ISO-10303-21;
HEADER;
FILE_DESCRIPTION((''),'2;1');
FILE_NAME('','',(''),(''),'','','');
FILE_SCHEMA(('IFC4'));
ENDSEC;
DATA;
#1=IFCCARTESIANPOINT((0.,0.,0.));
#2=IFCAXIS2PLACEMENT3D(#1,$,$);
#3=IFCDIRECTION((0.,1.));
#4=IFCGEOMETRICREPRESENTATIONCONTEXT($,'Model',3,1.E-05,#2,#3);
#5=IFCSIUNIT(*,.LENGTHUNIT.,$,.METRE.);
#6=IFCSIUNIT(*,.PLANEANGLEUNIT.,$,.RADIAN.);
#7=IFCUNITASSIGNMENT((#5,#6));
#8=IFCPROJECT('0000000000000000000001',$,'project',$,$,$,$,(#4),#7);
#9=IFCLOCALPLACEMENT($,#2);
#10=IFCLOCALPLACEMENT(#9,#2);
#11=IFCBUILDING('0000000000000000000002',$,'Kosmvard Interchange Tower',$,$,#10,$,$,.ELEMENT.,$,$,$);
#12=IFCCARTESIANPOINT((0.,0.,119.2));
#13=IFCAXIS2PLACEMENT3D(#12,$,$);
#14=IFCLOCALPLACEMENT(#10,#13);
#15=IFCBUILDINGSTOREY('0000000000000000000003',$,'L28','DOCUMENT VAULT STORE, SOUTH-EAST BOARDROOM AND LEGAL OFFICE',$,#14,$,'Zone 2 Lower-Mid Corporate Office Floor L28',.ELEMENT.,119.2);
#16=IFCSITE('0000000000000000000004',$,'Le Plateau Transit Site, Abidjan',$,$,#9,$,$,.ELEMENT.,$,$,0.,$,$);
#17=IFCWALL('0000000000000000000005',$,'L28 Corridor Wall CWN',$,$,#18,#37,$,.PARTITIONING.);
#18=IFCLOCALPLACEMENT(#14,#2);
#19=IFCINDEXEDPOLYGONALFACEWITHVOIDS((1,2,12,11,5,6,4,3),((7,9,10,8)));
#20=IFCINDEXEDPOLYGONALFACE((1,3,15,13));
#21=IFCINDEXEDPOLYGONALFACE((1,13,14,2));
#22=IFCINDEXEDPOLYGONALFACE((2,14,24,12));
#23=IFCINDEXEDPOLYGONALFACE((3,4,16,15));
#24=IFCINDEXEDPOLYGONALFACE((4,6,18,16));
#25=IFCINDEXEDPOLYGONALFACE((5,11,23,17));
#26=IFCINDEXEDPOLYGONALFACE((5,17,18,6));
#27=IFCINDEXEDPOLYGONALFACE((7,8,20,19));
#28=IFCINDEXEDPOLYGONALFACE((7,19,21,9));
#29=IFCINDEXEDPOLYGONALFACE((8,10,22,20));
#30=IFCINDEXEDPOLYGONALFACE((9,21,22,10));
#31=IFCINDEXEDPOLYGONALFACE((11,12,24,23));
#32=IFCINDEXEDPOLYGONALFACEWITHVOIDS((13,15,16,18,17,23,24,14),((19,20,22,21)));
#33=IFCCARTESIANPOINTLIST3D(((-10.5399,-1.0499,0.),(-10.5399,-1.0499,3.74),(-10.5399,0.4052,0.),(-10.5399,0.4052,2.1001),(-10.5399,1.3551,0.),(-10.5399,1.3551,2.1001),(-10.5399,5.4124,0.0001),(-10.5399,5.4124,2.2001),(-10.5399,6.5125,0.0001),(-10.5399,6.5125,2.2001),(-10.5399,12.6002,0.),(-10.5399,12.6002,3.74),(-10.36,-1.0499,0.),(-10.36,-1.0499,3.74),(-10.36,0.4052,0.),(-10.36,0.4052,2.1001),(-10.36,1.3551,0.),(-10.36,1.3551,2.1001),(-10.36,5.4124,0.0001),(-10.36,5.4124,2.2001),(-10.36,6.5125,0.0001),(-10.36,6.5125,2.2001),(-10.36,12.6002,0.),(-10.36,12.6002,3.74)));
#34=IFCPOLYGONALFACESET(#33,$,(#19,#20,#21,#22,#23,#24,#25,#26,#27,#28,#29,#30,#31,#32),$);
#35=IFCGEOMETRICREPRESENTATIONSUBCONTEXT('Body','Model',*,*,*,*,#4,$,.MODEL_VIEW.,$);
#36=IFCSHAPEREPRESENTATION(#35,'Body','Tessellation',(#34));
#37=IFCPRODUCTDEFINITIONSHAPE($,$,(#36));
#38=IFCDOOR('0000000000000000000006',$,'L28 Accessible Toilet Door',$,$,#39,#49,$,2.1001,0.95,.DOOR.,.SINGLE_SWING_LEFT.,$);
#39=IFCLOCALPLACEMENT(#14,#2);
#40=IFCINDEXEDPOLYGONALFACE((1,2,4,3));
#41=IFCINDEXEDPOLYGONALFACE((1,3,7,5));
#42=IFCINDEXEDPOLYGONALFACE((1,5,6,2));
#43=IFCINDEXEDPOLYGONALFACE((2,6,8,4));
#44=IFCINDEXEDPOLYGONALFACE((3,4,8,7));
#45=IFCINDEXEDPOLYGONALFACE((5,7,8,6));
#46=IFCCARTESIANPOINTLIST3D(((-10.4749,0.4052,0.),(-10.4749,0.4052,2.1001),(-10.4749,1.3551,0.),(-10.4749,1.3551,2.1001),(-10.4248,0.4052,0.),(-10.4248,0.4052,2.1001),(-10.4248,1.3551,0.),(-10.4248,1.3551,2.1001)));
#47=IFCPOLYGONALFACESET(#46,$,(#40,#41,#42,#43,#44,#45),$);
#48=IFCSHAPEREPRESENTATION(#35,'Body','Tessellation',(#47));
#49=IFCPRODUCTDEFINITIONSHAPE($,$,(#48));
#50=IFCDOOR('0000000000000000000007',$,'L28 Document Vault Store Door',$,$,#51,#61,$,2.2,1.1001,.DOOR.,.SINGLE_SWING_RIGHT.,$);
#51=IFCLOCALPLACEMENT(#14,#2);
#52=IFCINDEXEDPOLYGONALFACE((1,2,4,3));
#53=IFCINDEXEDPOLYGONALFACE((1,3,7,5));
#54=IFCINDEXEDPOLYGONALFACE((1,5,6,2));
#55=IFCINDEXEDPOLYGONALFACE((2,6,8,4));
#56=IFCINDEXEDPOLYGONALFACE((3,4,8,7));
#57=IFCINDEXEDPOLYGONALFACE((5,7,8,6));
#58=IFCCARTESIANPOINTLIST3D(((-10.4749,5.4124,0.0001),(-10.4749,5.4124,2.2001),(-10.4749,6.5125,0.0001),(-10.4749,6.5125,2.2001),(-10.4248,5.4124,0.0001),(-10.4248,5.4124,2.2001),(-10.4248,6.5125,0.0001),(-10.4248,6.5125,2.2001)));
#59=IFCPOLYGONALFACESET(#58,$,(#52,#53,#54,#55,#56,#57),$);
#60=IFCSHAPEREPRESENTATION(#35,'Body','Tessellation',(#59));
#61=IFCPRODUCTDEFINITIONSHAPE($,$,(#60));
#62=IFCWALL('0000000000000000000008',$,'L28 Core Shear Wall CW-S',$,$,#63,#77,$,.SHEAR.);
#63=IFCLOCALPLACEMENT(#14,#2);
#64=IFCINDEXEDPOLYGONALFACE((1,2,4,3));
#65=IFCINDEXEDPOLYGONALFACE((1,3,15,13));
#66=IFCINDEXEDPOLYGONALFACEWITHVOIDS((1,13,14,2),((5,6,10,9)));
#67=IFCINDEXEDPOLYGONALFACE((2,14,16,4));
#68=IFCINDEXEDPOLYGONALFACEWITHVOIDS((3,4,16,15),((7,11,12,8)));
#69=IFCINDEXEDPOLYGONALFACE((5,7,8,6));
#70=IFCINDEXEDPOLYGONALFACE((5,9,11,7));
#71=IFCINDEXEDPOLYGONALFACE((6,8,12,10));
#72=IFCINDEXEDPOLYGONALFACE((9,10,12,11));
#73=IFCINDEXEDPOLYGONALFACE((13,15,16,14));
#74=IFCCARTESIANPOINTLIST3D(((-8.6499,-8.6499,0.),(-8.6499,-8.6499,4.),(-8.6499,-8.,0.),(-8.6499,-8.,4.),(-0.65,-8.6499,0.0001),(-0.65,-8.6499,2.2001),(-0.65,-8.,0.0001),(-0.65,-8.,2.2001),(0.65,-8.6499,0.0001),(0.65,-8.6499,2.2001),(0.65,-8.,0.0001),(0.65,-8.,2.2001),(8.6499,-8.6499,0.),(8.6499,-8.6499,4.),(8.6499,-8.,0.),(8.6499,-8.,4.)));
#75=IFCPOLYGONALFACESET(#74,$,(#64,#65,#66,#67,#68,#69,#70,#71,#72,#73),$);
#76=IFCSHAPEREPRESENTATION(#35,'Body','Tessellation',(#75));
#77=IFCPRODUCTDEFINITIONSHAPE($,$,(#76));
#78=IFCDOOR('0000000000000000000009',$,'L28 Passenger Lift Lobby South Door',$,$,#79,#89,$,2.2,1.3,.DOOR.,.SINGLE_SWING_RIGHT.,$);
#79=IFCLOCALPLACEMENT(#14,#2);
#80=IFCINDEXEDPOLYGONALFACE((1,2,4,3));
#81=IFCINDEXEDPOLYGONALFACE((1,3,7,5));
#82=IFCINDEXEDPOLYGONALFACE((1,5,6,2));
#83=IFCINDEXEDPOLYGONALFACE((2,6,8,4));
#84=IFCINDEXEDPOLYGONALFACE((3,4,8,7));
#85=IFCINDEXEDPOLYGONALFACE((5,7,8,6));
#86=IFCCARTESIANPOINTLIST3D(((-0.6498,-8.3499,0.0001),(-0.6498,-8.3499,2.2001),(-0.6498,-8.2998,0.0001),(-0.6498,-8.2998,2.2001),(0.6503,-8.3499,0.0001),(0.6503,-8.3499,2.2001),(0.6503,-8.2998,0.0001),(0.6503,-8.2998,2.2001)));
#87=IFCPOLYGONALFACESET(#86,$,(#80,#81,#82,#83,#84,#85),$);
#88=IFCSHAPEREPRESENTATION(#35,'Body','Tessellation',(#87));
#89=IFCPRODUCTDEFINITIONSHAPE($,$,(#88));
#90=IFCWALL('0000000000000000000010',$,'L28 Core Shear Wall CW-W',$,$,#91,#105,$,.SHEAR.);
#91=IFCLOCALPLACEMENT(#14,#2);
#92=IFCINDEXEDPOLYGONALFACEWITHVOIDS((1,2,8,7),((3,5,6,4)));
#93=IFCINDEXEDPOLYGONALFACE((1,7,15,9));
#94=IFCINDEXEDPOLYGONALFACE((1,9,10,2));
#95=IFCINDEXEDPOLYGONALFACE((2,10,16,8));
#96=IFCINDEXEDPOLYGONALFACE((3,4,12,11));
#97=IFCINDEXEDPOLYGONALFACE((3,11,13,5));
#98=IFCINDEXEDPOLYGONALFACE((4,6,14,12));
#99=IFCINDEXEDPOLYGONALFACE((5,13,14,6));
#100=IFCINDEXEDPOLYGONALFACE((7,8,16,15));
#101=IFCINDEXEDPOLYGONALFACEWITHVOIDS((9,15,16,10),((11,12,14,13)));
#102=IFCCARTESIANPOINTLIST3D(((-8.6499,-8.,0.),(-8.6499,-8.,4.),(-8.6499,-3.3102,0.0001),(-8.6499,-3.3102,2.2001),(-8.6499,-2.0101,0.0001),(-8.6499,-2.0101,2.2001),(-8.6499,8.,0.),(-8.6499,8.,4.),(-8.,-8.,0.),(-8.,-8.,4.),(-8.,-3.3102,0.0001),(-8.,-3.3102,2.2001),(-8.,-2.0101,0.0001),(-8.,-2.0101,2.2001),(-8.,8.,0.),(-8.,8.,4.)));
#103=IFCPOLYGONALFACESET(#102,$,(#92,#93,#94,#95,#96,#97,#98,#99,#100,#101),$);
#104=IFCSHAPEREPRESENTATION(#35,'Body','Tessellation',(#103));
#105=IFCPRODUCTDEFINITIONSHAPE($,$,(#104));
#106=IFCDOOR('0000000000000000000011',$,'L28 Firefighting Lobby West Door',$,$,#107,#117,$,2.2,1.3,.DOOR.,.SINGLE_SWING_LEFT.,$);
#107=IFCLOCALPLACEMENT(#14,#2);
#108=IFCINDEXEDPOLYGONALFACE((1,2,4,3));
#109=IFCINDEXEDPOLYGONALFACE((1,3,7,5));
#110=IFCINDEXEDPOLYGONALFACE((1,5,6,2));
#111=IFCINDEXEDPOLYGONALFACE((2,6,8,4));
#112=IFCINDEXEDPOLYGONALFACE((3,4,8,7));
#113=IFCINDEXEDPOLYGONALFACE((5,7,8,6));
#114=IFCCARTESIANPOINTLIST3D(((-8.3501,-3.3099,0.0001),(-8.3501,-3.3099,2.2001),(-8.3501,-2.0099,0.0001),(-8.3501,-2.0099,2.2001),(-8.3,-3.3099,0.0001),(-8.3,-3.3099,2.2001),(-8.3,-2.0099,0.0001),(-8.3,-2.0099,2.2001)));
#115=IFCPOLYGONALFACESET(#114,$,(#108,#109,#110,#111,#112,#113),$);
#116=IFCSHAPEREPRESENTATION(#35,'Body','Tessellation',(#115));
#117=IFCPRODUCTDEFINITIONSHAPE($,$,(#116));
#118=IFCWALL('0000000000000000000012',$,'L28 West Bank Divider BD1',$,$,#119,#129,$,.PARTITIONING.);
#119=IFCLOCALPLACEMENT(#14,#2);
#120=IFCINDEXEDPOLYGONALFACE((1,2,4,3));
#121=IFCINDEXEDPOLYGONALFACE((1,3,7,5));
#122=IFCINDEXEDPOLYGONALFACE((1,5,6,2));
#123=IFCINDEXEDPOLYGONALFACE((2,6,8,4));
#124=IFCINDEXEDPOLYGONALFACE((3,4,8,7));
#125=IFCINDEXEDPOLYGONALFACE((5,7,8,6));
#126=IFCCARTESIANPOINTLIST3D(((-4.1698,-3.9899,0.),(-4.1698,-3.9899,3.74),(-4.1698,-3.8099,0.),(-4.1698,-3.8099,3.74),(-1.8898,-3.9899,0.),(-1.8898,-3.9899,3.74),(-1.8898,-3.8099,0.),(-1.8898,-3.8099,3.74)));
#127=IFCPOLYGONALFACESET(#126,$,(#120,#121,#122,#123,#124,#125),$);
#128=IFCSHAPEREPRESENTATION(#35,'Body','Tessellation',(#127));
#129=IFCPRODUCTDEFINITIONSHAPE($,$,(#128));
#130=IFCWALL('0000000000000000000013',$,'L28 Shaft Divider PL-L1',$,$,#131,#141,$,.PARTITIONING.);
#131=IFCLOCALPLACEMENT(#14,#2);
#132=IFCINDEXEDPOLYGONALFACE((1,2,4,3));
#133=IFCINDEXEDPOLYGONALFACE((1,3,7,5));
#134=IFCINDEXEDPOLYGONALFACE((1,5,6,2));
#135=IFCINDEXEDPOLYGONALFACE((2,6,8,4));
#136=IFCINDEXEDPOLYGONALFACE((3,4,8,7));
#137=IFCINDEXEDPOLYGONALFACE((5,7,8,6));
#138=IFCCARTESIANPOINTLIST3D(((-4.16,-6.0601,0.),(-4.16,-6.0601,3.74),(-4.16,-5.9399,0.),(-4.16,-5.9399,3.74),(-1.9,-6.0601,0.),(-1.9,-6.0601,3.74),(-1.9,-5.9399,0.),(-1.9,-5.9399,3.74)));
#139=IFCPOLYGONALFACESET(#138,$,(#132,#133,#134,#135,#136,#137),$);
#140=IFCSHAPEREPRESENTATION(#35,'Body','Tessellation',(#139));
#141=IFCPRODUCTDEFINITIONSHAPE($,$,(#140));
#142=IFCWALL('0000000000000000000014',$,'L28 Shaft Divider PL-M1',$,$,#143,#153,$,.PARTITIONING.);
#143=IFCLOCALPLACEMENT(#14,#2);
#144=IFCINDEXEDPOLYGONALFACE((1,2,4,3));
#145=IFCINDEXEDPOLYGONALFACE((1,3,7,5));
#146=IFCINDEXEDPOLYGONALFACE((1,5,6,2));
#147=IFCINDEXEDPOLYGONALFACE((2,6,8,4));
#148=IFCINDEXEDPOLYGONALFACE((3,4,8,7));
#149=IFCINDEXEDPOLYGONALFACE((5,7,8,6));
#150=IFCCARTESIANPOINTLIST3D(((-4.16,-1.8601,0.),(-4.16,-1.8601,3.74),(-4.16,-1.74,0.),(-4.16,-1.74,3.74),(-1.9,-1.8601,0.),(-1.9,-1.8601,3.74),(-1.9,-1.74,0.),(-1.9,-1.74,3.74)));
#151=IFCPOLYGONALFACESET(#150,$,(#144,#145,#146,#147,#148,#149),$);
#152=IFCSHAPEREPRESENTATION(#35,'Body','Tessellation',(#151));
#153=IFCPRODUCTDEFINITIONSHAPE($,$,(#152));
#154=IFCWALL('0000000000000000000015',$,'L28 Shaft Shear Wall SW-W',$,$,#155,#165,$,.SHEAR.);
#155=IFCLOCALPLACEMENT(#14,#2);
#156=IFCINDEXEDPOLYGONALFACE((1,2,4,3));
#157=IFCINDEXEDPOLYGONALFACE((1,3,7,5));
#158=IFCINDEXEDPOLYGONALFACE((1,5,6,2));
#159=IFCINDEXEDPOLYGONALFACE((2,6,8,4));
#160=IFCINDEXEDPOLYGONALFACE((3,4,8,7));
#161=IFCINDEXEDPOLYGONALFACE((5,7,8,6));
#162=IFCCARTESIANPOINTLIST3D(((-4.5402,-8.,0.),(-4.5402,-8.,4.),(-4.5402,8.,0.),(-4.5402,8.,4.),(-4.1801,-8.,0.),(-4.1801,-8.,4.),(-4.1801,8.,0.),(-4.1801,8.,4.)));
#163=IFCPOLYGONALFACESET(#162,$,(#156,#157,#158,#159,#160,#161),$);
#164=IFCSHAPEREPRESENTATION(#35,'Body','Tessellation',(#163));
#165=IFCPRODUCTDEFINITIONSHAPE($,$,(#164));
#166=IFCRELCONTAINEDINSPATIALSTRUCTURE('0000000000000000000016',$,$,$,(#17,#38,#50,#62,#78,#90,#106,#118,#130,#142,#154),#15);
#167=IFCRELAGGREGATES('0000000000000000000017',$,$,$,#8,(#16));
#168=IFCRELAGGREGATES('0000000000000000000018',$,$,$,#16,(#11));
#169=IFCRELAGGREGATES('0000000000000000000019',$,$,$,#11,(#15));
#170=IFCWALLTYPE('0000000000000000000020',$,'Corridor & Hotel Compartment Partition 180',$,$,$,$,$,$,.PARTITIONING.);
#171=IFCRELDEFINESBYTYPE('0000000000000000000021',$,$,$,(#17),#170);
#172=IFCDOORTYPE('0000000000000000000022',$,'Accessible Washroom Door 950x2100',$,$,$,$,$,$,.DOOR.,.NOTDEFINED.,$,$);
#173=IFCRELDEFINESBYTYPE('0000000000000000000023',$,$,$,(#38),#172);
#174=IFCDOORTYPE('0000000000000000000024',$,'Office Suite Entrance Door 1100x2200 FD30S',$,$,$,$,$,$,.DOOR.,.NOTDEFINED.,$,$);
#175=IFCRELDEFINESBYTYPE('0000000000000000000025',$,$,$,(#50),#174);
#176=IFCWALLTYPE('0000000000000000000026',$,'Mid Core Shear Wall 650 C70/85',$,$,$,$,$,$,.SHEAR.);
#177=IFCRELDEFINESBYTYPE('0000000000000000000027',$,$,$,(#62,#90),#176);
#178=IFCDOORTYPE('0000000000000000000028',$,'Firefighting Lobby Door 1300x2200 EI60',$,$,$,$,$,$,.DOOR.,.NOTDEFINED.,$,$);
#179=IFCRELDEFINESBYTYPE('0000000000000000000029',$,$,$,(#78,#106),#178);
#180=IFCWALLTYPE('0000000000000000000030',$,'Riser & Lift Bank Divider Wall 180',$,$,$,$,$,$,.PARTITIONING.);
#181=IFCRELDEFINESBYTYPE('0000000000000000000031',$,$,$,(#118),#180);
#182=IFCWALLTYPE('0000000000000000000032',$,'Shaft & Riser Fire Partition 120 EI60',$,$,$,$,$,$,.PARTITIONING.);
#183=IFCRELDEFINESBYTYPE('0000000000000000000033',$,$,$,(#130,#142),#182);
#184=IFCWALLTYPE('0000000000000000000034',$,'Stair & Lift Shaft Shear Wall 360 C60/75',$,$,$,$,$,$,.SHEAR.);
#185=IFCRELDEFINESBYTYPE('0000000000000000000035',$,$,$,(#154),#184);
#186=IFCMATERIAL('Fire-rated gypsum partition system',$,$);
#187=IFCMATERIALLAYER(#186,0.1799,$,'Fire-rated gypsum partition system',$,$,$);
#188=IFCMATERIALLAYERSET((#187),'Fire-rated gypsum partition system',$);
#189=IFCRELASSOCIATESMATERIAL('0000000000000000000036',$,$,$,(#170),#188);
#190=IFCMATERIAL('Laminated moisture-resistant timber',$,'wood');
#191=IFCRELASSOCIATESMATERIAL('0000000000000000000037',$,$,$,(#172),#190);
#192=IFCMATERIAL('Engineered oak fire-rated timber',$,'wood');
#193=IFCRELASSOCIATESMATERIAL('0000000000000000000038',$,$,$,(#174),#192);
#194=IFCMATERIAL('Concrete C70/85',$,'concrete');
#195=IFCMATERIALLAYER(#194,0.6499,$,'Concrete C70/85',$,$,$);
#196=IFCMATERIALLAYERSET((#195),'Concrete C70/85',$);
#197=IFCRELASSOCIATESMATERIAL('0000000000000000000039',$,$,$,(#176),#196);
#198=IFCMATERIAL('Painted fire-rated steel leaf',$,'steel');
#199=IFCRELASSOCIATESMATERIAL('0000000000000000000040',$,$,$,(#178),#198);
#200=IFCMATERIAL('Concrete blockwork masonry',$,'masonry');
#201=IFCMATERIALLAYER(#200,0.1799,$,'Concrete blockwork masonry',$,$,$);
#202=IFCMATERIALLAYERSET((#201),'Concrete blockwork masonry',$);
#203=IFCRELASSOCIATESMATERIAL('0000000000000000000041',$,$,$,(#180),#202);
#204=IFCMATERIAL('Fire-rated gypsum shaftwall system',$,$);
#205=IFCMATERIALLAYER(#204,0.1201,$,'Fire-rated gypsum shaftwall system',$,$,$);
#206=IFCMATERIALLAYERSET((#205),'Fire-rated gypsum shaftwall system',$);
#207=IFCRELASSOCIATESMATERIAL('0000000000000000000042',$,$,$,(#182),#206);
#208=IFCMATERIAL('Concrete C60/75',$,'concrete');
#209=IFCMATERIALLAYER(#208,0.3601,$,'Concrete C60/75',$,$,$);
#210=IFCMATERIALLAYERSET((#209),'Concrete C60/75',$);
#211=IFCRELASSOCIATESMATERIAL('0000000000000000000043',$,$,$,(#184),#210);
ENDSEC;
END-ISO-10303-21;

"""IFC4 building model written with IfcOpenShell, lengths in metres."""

from ifc_helpers import new_model, si_unit, direction, frame, frame_2d, origin, place, context, subcontext, project, spatial, rectangle, extrude, source, transform, mapped, material, layer, layer_set, type_object, element, fill, save


model = new_model("IFC4")

# Units and contexts
model_context = context("Model", 3, precision=1e-05, world=origin(), true_north=direction((0.0, 1.0)))
body_context = subcontext(model_context, "Body", "Model", "MODEL_VIEW")
ifc_project = project(units=[si_unit("LENGTHUNIT", "METRE"), si_unit("PLANEANGLEUNIT", "RADIAN")], contexts=[model_context])

# Site, building, storey
site_placement = place(None, origin())
site = spatial("IfcSite", under=ifc_project, at=site_placement, Name="Le Plateau Transit Site, Abidjan", CompositionType="ELEMENT", RefElevation=0.0)
building_placement = place(site_placement, origin())
building = spatial("IfcBuilding", under=site, at=building_placement, Name="Kosmvard Interchange Tower", CompositionType="ELEMENT")
storey_placement = place(building_placement, frame((0.0, 0.0, 119.2)))
storey = spatial("IfcBuildingStorey", under=building, at=storey_placement, Name="L28", Description="DOCUMENT VAULT STORE, SOUTH-EAST BOARDROOM AND LEGAL OFFICE", LongName="Zone 2 Lower-Mid Corporate Office Floor L28", CompositionType="ELEMENT", Elevation=119.2)

# Wall, openings, doors
ifc_material_1 = material(Name="Fire-rated gypsum partition system")
ifc_layer_1 = layer(ifc_material_1, 0.1799, Name="Fire-rated gypsum partition system")
ifc_layer_set_1 = layer_set([ifc_layer_1], Name="Fire-rated gypsum partition system")
wall_type_1 = type_object("IfcWallType", Name="Corridor & Hotel Compartment Partition 180", PredefinedType="PARTITIONING", material=ifc_layer_set_1)
shared_shape_1 = source(origin(), body_context, "Body", "SweptSolid", [
    extrude(rectangle(XDim=1.1001, YDim=2.2, at=frame_2d((0.55, 1.1001))), frame((0.0, 0.0249, 0.0), z_axis=(0.0, -1.0, 0.0), x_axis=(1.0, 0.0, 0.0)), (0.0, 0.0, 1.0), 0.05),
])
wall_1_placement = place(storey_placement, frame((-10.45, -1.05, 0.0), z_axis=(0.0, 0.0, 1.0), x_axis=(0.0, 1.0, 0.0)))
wall_1 = element("IfcWall", 1, at=wall_1_placement, inside=storey, type_object=wall_type_1, Name="L28 Corridor Wall CWN", PredefinedType="PARTITIONING", context=body_context, shape_type="SweptSolid", body=[
    extrude(rectangle(XDim=13.6501, YDim=0.1799, at=frame_2d((6.8252, 0.0))), origin(), (0.0, 0.0, 1.0), 3.74),
])
opening_1_placement = place(wall_1_placement, frame((1.4551, 0.0, 0.0)))
opening_1 = element("IfcOpeningElement", 2, at=opening_1_placement, cuts=wall_1, PredefinedType="OPENING", context=body_context, shape_type="SweptSolid", body=[
    extrude(rectangle(XDim=0.95, YDim=2.1001, at=frame_2d((0.4751, 1.05))), frame((0.0, 0.1001, 0.0), z_axis=(0.0, -1.0, 0.0), x_axis=(1.0, 0.0, 0.0)), (0.0, 0.0, 1.0), 0.2),
])
opening_2_placement = place(wall_1_placement, frame((6.4624, 0.0, 0.0)))
opening_2 = element("IfcOpeningElement", 3, at=opening_2_placement, cuts=wall_1, PredefinedType="OPENING", context=body_context, shape_type="SweptSolid", body=[
    extrude(rectangle(XDim=1.1001, YDim=2.2, at=frame_2d((0.55, 1.1001))), frame((0.0, 0.1001, 0.0), z_axis=(0.0, -1.0, 0.0), x_axis=(1.0, 0.0, 0.0)), (0.0, 0.0, 1.0), 0.2),
])
ifc_material_2 = material(Name="Laminated moisture-resistant timber", Category="wood")
door_type_1 = type_object("IfcDoorType", Name="Accessible Washroom Door 950x2100", OperationType="NOTDEFINED", PredefinedType="DOOR", material=ifc_material_2)
shared_shape_2 = source(origin(), body_context, "Body", "SweptSolid", [
    extrude(rectangle(XDim=0.95, YDim=2.1001, at=frame_2d((0.4751, 1.05))), frame((0.0, 0.0249, 0.0), z_axis=(0.0, -1.0, 0.0), x_axis=(1.0, 0.0, 0.0)), (0.0, 0.0, 1.0), 0.05),
])
door_1_placement = place(opening_1_placement, origin())
door_1 = element("IfcDoor", 4, at=door_1_placement, inside=storey, type_object=door_type_1, Name="L28 Accessible Toilet Door", OperationType="SINGLE_SWING_LEFT", OverallHeight=2.1001, OverallWidth=0.95, PredefinedType="DOOR", context=body_context, shape_type="MappedRepresentation", body=[
    mapped(shared_shape_2, transform((0.0, 0.0, 0.0), scale=1.0)),
])
fill(opening_1, door_1)
ifc_material_3 = material(Name="Engineered oak fire-rated timber", Category="wood")
door_type_2 = type_object("IfcDoorType", Name="Office Suite Entrance Door 1100x2200 FD30S", OperationType="NOTDEFINED", PredefinedType="DOOR", material=ifc_material_3)
door_2_placement = place(opening_2_placement, origin())
door_2 = element("IfcDoor", 5, at=door_2_placement, inside=storey, type_object=door_type_2, Name="L28 Document Vault Store Door", OperationType="SINGLE_SWING_RIGHT", OverallHeight=2.2, OverallWidth=1.1001, PredefinedType="DOOR", context=body_context, shape_type="MappedRepresentation", body=[
    mapped(shared_shape_1, transform((0.0, 0.0, 0.0), scale=1.0)),
])
fill(opening_2, door_2)

# Walls, openings, doors
ifc_material_4 = material(Name="Concrete C70/85", Category="concrete")
ifc_layer_2 = layer(ifc_material_4, 0.6499, Name="Concrete C70/85")
ifc_layer_set_2 = layer_set([ifc_layer_2], Name="Concrete C70/85")
wall_type_2 = type_object("IfcWallType", Name="Mid Core Shear Wall 650 C70/85", PredefinedType="SHEAR", material=ifc_layer_set_2)
wall_2_placement = place(storey_placement, frame((-8.6499, -8.325, 0.0), z_axis=(0.0, 0.0, 1.0), x_axis=(1.0, 0.0, 0.0)))
wall_2 = element("IfcWall", 6, at=wall_2_placement, inside=storey, type_object=wall_type_2, Name="L28 Core Shear Wall CW-S", PredefinedType="SHEAR", context=body_context, shape_type="SweptSolid", body=[
    extrude(rectangle(XDim=17.2998, YDim=0.6499, at=frame_2d((8.6499, 0.0))), origin(), (0.0, 0.0, 1.0), 4.0),
])
opening_3_placement = place(wall_2_placement, frame((8.0, 0.0, 0.0)))
opening_3 = element("IfcOpeningElement", 7, at=opening_3_placement, cuts=wall_2, PredefinedType="OPENING", context=body_context, shape_type="SweptSolid", body=[
    extrude(rectangle(XDim=1.3, YDim=2.2, at=frame_2d((0.6499, 1.1001))), frame((0.0, 0.335, 0.0), z_axis=(0.0, -1.0, 0.0), x_axis=(1.0, 0.0, 0.0)), (0.0, 0.0, 1.0), 0.6699),
])
ifc_material_5 = material(Name="Painted fire-rated steel leaf", Category="steel")
door_type_3 = type_object("IfcDoorType", Name="Firefighting Lobby Door 1300x2200 EI60", OperationType="NOTDEFINED", PredefinedType="DOOR", material=ifc_material_5)
shared_shape_3 = source(origin(), body_context, "Body", "SweptSolid", [
    extrude(rectangle(XDim=1.3, YDim=2.2, at=frame_2d((0.6499, 1.1001))), frame((0.0, 0.0249, 0.0), z_axis=(0.0, -1.0, 0.0), x_axis=(1.0, 0.0, 0.0)), (0.0, 0.0, 1.0), 0.05),
])
door_3_placement = place(opening_3_placement, frame((1.3, 0.0, 0.0), z_axis=(0.0, 0.0, 1.0), x_axis=(-1.0, 0.0, 0.0)))
door_3 = element("IfcDoor", 8, at=door_3_placement, inside=storey, type_object=door_type_3, Name="L28 Passenger Lift Lobby South Door", OperationType="SINGLE_SWING_RIGHT", OverallHeight=2.2, OverallWidth=1.3, PredefinedType="DOOR", context=body_context, shape_type="MappedRepresentation", body=[
    mapped(shared_shape_3, transform((0.0, 0.0, 0.0), scale=1.0)),
])
fill(opening_3, door_3)
wall_3_placement = place(storey_placement, frame((-8.325, -8.0, 0.0), z_axis=(0.0, 0.0, 1.0), x_axis=(0.0, 1.0, 0.0)))
wall_3 = element("IfcWall", 9, at=wall_3_placement, inside=storey, type_object=wall_type_2, Name="L28 Core Shear Wall CW-W", PredefinedType="SHEAR", context=body_context, shape_type="SweptSolid", body=[
    extrude(rectangle(XDim=16.0, YDim=0.6499, at=frame_2d((8.0, 0.0))), origin(), (0.0, 0.0, 1.0), 4.0),
])
opening_4_placement = place(wall_3_placement, frame((4.6899, 0.0, 0.0)))
opening_4 = element("IfcOpeningElement", 10, at=opening_4_placement, cuts=wall_3, PredefinedType="OPENING", context=body_context, shape_type="SweptSolid", body=[
    extrude(rectangle(XDim=1.3, YDim=2.2, at=frame_2d((0.6499, 1.1001))), frame((0.0, 0.335, 0.0), z_axis=(0.0, -1.0, 0.0), x_axis=(1.0, 0.0, 0.0)), (0.0, 0.0, 1.0), 0.6699),
])
door_4_placement = place(opening_4_placement, frame((1.3, 0.0, 0.0), z_axis=(0.0, 0.0, 1.0), x_axis=(-1.0, 0.0, 0.0)))
door_4 = element("IfcDoor", 11, at=door_4_placement, inside=storey, type_object=door_type_3, Name="L28 Firefighting Lobby West Door", OperationType="SINGLE_SWING_LEFT", OverallHeight=2.2, OverallWidth=1.3, PredefinedType="DOOR", context=body_context, shape_type="MappedRepresentation", body=[
    mapped(shared_shape_3, transform((0.0, 0.0, 0.0), scale=1.0)),
])
fill(opening_4, door_4)

# Walls
ifc_material_6 = material(Name="Concrete blockwork masonry", Category="masonry")
ifc_layer_3 = layer(ifc_material_6, 0.1799, Name="Concrete blockwork masonry")
ifc_layer_set_3 = layer_set([ifc_layer_3], Name="Concrete blockwork masonry")
wall_type_3 = type_object("IfcWallType", Name="Riser & Lift Bank Divider Wall 180", PredefinedType="PARTITIONING", material=ifc_layer_set_3)
wall_4_placement = place(storey_placement, frame((-4.1699, -3.8999, 0.0), z_axis=(0.0, 0.0, 1.0), x_axis=(1.0, 0.0, 0.0)))
element("IfcWall", 12, at=wall_4_placement, inside=storey, type_object=wall_type_3, Name="L28 West Bank Divider BD1", PredefinedType="PARTITIONING", context=body_context, shape_type="SweptSolid", body=[
    extrude(rectangle(XDim=2.28, YDim=0.1799, at=frame_2d((1.1401, 0.0))), origin(), (0.0, 0.0, 1.0), 3.74),
])
ifc_material_7 = material(Name="Fire-rated gypsum shaftwall system")
ifc_layer_4 = layer(ifc_material_7, 0.1201, Name="Fire-rated gypsum shaftwall system")
ifc_layer_set_4 = layer_set([ifc_layer_4], Name="Fire-rated gypsum shaftwall system")
wall_type_4 = type_object("IfcWallType", Name="Shaft & Riser Fire Partition 120 EI60", PredefinedType="PARTITIONING", material=ifc_layer_set_4)
for number, where, z_axis, x_axis, name in (
    (13, (-4.1599, -6.0, 0.0), (0.0, 0.0, 1.0), (1.0, 0.0, 0.0), "L28 Shaft Divider PL-L1"),
    (14, (-4.1599, -1.8, 0.0), (0.0, 0.0, 1.0), (1.0, 0.0, 0.0), "L28 Shaft Divider PL-M1"),
):
    element("IfcWall", number, at=place(storey_placement, frame(where, z_axis=z_axis, x_axis=x_axis)), inside=storey, type_object=wall_type_4, Name=name, PredefinedType="PARTITIONING", context=body_context, shape_type="SweptSolid", body=[
        extrude(rectangle(XDim=2.26, YDim=0.1201, at=frame_2d((1.1299, 0.0))), origin(), (0.0, 0.0, 1.0), 3.74),
    ])
ifc_material_8 = material(Name="Concrete C60/75", Category="concrete")
ifc_layer_5 = layer(ifc_material_8, 0.3601, Name="Concrete C60/75")
ifc_layer_set_5 = layer_set([ifc_layer_5], Name="Concrete C60/75")
wall_type_5 = type_object("IfcWallType", Name="Stair & Lift Shaft Shear Wall 360 C60/75", PredefinedType="SHEAR", material=ifc_layer_set_5)
wall_5_placement = place(storey_placement, frame((-4.3601, -8.0, 0.0), z_axis=(0.0, 0.0, 1.0), x_axis=(0.0, 1.0, 0.0)))
element("IfcWall", 15, at=wall_5_placement, inside=storey, type_object=wall_type_5, Name="L28 Shaft Shear Wall SW-W", PredefinedType="SHEAR", context=body_context, shape_type="SweptSolid", body=[
    extrude(rectangle(XDim=16.0, YDim=0.3601, at=frame_2d((8.0, 0.0))), origin(), (0.0, 0.0, 1.0), 4.0),
])

save(model, "model.ifc")
